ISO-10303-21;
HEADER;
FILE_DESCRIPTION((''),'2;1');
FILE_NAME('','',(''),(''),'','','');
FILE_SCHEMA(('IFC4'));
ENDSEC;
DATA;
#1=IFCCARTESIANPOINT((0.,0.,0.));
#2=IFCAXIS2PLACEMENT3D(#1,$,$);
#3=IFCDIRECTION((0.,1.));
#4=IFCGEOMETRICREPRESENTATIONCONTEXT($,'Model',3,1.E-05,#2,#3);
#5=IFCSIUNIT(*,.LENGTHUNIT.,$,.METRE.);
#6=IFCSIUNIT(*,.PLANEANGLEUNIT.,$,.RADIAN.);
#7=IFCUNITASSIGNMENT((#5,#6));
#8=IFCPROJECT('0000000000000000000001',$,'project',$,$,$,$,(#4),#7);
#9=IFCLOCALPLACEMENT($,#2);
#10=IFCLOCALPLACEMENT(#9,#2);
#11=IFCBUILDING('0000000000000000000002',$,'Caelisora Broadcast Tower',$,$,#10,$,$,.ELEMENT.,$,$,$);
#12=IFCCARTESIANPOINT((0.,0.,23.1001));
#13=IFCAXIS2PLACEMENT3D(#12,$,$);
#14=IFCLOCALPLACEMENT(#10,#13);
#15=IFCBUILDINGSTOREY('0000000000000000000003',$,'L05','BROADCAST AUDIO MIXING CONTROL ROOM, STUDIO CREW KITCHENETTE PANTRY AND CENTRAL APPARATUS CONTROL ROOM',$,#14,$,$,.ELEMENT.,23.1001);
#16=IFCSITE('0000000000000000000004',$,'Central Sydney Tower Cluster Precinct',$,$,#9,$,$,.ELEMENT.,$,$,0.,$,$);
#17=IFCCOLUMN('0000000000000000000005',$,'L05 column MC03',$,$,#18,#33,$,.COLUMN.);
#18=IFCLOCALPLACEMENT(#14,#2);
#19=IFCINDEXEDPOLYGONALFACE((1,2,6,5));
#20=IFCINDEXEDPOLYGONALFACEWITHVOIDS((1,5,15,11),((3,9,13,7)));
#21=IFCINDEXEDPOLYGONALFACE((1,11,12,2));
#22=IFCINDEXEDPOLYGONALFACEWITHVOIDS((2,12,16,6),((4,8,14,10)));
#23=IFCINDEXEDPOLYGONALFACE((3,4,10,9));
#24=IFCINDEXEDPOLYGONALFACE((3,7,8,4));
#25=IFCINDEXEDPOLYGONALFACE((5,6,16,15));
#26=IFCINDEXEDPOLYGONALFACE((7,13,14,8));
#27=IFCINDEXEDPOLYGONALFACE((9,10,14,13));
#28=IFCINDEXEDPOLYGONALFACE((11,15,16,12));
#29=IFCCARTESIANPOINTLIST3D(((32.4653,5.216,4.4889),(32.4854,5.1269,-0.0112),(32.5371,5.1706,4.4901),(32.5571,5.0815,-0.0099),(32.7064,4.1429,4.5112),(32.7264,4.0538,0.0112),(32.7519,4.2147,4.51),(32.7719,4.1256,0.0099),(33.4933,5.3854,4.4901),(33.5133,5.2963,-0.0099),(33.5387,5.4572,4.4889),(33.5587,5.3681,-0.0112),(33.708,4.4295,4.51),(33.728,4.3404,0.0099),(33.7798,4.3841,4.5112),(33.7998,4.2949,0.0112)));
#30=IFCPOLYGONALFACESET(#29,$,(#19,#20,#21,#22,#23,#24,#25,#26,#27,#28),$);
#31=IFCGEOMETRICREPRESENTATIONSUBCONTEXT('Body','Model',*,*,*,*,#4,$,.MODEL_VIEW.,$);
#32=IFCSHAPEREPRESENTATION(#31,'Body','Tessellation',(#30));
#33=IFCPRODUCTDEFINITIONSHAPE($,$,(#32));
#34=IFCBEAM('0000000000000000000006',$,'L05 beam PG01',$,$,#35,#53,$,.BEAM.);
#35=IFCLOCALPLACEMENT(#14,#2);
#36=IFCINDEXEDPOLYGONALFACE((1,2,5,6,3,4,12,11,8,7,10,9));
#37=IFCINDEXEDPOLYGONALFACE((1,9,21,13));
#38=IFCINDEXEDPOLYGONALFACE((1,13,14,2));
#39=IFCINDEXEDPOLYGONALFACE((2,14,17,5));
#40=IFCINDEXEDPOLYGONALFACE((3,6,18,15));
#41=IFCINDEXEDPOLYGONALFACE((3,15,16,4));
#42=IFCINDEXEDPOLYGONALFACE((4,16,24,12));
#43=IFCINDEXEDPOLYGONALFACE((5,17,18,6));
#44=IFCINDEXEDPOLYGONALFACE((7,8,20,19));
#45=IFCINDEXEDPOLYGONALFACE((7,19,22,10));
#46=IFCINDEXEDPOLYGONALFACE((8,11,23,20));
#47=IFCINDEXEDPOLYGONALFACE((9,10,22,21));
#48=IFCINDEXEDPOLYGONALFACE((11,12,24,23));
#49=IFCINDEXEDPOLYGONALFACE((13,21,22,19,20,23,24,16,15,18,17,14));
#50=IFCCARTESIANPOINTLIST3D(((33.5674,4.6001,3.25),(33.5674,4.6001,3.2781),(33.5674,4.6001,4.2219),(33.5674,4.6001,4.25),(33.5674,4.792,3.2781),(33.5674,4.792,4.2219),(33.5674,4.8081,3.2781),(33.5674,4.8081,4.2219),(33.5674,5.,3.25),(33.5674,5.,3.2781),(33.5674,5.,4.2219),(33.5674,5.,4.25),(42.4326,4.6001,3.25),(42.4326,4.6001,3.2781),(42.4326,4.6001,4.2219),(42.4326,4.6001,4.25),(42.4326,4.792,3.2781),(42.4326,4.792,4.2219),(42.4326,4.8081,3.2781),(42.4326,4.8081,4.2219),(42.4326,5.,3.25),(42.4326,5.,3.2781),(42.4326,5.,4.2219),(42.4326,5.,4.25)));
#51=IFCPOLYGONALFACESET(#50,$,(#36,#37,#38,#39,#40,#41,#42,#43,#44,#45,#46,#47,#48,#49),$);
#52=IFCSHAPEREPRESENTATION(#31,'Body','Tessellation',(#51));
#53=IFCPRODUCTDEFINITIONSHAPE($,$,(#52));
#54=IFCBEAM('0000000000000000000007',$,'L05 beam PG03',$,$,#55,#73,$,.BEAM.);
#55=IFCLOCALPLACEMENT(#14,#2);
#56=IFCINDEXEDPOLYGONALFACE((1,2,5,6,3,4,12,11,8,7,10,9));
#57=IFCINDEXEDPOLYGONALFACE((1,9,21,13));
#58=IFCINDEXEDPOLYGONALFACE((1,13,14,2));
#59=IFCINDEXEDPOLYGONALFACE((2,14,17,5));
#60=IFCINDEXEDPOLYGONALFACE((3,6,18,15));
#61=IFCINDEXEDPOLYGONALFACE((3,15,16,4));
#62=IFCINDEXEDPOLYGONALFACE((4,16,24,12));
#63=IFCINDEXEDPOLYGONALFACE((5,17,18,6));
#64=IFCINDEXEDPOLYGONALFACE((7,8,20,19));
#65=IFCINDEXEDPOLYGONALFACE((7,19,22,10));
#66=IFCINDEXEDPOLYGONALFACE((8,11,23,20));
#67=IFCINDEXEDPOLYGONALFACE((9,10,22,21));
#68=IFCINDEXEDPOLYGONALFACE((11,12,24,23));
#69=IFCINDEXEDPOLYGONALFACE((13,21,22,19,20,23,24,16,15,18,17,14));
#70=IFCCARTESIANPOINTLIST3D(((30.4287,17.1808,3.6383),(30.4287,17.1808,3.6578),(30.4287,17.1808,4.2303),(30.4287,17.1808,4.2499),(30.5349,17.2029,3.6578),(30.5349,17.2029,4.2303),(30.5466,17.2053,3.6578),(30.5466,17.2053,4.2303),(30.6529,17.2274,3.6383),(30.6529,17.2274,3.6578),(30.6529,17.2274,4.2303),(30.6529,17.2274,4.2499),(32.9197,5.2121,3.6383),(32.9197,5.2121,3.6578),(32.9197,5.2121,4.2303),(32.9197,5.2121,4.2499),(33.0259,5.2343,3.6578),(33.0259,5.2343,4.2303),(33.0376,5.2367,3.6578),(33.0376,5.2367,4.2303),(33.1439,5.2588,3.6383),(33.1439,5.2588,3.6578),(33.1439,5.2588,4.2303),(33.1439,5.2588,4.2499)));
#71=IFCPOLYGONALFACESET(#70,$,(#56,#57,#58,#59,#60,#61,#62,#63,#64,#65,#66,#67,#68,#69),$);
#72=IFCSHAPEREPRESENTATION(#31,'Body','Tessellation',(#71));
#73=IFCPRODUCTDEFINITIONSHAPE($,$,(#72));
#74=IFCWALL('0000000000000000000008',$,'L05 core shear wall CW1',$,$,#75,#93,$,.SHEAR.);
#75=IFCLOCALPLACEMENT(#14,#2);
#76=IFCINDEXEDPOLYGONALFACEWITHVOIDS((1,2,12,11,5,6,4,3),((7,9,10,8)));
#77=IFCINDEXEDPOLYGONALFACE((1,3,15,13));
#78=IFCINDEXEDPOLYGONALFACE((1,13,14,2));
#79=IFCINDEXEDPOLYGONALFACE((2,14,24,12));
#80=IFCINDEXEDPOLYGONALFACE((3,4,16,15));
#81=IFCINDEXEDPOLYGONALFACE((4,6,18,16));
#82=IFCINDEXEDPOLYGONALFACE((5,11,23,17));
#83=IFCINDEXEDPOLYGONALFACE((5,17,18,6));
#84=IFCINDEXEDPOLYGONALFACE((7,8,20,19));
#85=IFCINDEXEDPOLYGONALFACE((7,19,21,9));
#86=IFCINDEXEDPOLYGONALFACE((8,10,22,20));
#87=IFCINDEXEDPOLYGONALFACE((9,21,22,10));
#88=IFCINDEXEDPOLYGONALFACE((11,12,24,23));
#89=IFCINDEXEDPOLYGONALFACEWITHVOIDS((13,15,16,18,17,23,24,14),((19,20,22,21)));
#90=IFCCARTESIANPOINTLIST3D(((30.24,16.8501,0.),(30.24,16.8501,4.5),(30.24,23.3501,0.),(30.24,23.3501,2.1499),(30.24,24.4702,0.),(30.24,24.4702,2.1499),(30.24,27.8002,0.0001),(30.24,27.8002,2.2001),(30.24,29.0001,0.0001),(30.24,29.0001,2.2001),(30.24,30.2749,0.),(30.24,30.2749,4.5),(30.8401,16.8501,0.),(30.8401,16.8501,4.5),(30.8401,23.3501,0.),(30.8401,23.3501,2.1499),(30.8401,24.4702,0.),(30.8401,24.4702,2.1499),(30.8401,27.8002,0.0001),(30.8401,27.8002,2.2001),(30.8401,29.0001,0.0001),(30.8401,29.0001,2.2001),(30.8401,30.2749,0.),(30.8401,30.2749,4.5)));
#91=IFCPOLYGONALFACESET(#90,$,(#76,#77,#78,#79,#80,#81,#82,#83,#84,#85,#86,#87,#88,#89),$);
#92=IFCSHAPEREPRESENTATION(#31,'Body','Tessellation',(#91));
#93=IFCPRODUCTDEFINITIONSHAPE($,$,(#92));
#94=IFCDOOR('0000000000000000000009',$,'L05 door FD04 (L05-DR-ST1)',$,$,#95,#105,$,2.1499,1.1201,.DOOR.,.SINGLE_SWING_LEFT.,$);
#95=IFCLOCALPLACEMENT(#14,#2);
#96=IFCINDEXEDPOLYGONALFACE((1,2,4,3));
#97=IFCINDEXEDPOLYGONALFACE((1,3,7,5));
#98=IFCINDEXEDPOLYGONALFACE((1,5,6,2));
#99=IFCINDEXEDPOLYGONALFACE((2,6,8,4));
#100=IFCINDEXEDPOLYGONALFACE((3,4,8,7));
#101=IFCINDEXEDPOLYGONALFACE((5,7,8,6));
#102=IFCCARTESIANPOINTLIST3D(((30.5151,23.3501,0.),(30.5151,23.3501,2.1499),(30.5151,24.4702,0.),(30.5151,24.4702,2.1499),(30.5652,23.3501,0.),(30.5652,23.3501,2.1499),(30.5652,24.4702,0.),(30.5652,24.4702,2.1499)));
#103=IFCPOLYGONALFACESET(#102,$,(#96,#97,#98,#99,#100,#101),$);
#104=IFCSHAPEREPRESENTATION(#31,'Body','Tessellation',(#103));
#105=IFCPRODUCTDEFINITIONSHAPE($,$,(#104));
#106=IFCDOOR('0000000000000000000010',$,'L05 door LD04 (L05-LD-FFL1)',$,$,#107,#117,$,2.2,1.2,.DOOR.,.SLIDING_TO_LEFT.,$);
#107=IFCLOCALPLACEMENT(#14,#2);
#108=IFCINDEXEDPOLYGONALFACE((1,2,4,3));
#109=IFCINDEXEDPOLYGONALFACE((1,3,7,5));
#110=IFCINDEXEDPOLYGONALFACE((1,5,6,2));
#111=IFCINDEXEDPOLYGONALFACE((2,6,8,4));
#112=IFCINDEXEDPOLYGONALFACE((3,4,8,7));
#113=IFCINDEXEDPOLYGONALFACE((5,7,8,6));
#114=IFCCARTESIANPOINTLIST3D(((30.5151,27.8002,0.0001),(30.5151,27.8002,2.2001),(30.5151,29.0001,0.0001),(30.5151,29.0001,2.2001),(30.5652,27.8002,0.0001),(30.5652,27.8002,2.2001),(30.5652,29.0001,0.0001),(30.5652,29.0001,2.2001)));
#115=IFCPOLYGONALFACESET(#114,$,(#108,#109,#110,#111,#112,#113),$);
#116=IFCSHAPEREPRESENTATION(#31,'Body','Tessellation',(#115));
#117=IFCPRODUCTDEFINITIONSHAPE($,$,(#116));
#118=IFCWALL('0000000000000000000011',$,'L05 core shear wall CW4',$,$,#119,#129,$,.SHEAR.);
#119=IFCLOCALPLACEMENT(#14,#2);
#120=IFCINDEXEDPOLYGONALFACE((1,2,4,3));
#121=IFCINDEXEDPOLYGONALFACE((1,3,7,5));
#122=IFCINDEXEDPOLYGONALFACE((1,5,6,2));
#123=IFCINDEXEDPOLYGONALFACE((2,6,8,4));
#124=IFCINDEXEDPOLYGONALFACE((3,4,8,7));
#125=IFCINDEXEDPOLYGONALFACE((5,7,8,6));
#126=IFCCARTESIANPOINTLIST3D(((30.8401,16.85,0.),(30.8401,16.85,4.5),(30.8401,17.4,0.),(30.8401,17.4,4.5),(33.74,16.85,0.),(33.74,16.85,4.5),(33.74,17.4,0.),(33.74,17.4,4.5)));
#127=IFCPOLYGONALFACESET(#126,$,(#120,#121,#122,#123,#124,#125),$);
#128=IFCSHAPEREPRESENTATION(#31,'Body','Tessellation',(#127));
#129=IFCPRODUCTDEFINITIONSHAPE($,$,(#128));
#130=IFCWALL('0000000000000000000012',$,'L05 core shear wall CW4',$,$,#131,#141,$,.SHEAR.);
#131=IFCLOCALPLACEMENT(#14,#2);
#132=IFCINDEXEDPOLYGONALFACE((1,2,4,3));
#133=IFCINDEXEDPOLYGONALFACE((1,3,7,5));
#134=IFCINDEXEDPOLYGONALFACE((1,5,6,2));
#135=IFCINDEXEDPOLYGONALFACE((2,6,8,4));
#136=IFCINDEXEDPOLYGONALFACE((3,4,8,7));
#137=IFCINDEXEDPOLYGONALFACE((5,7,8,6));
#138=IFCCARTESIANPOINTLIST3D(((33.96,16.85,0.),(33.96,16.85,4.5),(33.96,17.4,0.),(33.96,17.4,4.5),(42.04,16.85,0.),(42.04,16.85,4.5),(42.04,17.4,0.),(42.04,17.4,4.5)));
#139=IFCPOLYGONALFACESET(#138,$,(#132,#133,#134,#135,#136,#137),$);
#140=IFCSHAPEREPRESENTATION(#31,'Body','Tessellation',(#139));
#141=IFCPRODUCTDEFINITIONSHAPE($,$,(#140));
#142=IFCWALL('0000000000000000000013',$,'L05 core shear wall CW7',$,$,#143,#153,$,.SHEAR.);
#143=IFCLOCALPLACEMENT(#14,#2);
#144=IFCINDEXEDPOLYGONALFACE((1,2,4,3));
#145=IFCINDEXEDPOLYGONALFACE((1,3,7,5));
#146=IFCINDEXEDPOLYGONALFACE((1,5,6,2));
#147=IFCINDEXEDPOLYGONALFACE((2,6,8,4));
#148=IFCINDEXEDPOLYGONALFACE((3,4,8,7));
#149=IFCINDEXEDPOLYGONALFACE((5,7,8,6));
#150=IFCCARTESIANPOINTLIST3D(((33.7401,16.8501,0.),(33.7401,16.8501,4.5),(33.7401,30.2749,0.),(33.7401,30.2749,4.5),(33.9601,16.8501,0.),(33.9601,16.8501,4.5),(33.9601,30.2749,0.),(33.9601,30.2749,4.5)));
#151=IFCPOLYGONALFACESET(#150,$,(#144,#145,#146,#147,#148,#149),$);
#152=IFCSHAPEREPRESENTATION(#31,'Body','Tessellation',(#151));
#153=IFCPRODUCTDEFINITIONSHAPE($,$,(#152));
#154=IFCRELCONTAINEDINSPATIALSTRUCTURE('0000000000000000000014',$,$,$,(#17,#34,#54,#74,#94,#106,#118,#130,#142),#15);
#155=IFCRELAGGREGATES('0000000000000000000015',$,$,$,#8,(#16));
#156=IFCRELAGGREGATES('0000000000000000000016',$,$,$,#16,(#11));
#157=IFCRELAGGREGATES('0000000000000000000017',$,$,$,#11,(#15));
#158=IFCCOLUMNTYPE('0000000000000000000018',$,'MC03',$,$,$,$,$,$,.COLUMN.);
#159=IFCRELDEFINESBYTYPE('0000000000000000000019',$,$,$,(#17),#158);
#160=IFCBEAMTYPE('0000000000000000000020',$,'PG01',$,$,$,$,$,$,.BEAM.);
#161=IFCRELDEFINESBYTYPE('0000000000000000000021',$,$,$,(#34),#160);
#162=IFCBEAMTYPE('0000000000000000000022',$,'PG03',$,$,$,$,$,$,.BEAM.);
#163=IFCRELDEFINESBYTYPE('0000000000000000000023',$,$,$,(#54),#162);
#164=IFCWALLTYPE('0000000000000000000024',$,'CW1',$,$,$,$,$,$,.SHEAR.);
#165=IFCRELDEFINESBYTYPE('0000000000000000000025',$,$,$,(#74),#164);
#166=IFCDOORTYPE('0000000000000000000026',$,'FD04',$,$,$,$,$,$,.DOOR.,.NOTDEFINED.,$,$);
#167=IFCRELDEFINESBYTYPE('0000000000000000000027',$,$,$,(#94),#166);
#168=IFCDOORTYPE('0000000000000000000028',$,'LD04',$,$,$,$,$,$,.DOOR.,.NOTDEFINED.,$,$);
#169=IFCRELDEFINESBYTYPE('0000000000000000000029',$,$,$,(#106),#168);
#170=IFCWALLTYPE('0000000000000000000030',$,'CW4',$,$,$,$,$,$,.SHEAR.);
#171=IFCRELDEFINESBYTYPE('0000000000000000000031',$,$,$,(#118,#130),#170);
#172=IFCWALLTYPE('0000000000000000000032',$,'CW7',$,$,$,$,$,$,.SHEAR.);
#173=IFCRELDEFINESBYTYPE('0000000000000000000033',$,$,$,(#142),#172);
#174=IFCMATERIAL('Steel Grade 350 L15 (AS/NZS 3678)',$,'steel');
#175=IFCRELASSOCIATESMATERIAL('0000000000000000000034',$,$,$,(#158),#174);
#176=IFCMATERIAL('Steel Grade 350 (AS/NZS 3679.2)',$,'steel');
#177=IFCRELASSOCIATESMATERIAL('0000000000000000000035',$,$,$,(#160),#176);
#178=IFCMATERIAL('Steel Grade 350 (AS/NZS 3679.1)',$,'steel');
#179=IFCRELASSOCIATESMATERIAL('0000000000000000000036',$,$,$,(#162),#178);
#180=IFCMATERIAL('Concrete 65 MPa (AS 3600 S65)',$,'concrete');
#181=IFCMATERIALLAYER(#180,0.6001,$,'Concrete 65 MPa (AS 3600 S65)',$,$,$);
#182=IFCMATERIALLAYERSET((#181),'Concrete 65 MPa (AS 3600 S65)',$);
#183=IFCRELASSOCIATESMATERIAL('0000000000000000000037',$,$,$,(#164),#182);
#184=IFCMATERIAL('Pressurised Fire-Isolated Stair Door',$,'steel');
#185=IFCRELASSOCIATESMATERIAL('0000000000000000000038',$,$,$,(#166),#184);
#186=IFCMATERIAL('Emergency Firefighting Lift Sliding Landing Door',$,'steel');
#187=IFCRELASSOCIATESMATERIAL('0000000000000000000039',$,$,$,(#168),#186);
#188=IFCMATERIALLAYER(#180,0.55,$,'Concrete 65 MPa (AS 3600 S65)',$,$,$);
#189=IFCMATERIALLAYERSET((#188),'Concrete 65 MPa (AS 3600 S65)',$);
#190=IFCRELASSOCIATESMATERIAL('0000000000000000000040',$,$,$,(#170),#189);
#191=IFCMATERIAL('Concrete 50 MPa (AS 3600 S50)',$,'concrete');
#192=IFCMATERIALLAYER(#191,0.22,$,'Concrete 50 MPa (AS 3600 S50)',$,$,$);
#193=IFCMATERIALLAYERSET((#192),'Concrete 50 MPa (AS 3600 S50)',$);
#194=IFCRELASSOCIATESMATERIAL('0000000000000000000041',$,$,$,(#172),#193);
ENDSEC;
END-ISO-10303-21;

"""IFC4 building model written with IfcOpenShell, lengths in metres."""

from ifc_helpers import new_model, si_unit, direction, frame, frame_2d, origin, origin_2d, place, context, subcontext, project, spatial, rectangle, hollow_rectangle, i_section, extrude, source, transform, mapped, material, layer, layer_set, material_profile, profile_set, type_object, type_shapes, element, fill, save


model = new_model("IFC4")

# Units and contexts
model_context = context("Model", 3, precision=1e-05, world=origin(), true_north=direction((0.0, 1.0)))
body_context = subcontext(model_context, "Body", "Model", "MODEL_VIEW")
ifc_project = project(units=[si_unit("LENGTHUNIT", "METRE"), si_unit("PLANEANGLEUNIT", "RADIAN")], contexts=[model_context])

# Site, building, storey
site_placement = place(None, origin())
site = spatial("IfcSite", under=ifc_project, at=site_placement, Name="Central Sydney Tower Cluster Precinct", CompositionType="ELEMENT", RefElevation=0.0)
building_placement = place(site_placement, origin())
building = spatial("IfcBuilding", under=site, at=building_placement, Name="Caelisora Broadcast Tower", CompositionType="ELEMENT")
storey_placement = place(building_placement, frame((0.0, 0.0, 23.1001)))
storey = spatial("IfcBuildingStorey", under=building, at=storey_placement, Name="L05", Description="BROADCAST AUDIO MIXING CONTROL ROOM, STUDIO CREW KITCHENETTE PANTRY AND CENTRAL APPARATUS CONTROL ROOM", CompositionType="ELEMENT", Elevation=23.1001)

# Column
ifc_material_1 = material(Name="Steel Grade 350 L15 (AS/NZS 3678)", Category="steel")
ifc_material_profile_1 = material_profile(ifc_material_1, hollow_rectangle(XDim=1.1001, YDim=1.1001, WallThickness=0.0601, at=origin_2d()), Name="Steel Grade 350 L15 (AS/NZS 3678)")
ifc_profile_set_1 = profile_set([ifc_material_profile_1], Name="Steel Grade 350 L15 (AS/NZS 3678)")
column_type = type_object("IfcColumnType", Name="MC03", PredefinedType="COLUMN", material=ifc_profile_set_1)
shared_shape_1 = source(origin(), body_context, "Body", "SweptSolid", [
    extrude(hollow_rectangle(XDim=1.1001, YDim=1.1001, WallThickness=0.0601, at=origin_2d()), origin(), (0.0, 0.0, 1.0), 4.501),
])
type_shapes(column_type, [shared_shape_1])
column_placement = place(storey_placement, frame((33.1426, 4.7109, 0.0), z_axis=(-0.004448, 0.019798, 0.999794), x_axis=(-0.975681, -0.219194, 0.0)))
element("IfcColumn", 1, at=column_placement, inside=storey, type_object=column_type, Name="L05 column MC03", PredefinedType="COLUMN", context=body_context, shape_type="MappedRepresentation", body=[
    mapped(shared_shape_1, transform((0.0, 0.0, 0.0), scale=1.0)),
])

# Beams
ifc_material_2 = material(Name="Steel Grade 350 (AS/NZS 3679.2)", Category="steel")
ifc_material_profile_2 = material_profile(ifc_material_2, i_section(OverallWidth=0.3999, OverallDepth=1.0, WebThickness=0.0161, FlangeThickness=0.0281, at=origin_2d()), Name="Steel Grade 350 (AS/NZS 3679.2)")
ifc_profile_set_2 = profile_set([ifc_material_profile_2], Name="Steel Grade 350 (AS/NZS 3679.2)")
beam_type_1 = type_object("IfcBeamType", Name="PG01", PredefinedType="BEAM", material=ifc_profile_set_2)
shared_shape_2 = source(origin(), body_context, "Body", "SweptSolid", [
    extrude(i_section(OverallWidth=0.3999, OverallDepth=1.0, WebThickness=0.0161, FlangeThickness=0.0281, at=origin_2d()), origin(), (0.0, 0.0, 1.0), 8.8652),
])
type_shapes(beam_type_1, [shared_shape_2])
beam_1_placement = place(storey_placement, frame((33.5674, 4.8, 3.75), z_axis=(1.0, 0.0, 0.0), x_axis=(0.0, 1.0, 0.0)))
element("IfcBeam", 2, at=beam_1_placement, inside=storey, type_object=beam_type_1, Name="L05 beam PG01", PredefinedType="BEAM", context=body_context, shape_type="MappedRepresentation", body=[
    mapped(shared_shape_2, transform((0.0, 0.0, 0.0), scale=1.0)),
])
ifc_material_3 = material(Name="Steel Grade 350 (AS/NZS 3679.1)", Category="steel")
ifc_material_profile_3 = material_profile(ifc_material_3, i_section(OverallWidth=0.229, OverallDepth=0.6116, WebThickness=0.012, FlangeThickness=0.0195, at=origin_2d()), Name="Steel Grade 350 (AS/NZS 3679.1)")
ifc_profile_set_3 = profile_set([ifc_material_profile_3], Name="Steel Grade 350 (AS/NZS 3679.1)")
beam_type_2 = type_object("IfcBeamType", Name="PG03", PredefinedType="BEAM", material=ifc_profile_set_3)
shared_shape_3 = source(origin(), body_context, "Body", "SweptSolid", [
    extrude(i_section(OverallWidth=0.229, OverallDepth=0.6116, WebThickness=0.012, FlangeThickness=0.0195, at=origin_2d()), origin(), (0.0, 0.0, 1.0), 12.2251),
])
type_shapes(beam_type_2, [shared_shape_3])
beam_2_placement = place(storey_placement, frame((30.5408, 17.2041, 3.9441), z_axis=(0.20376, -0.979021, 0.0), x_axis=(0.979021, 0.20376, 0.0)))
element("IfcBeam", 3, at=beam_2_placement, inside=storey, type_object=beam_type_2, Name="L05 beam PG03", PredefinedType="BEAM", context=body_context, shape_type="MappedRepresentation", body=[
    mapped(shared_shape_3, transform((0.0, 0.0, 0.0), scale=1.0)),
])

# Wall, openings, doors
ifc_material_4 = material(Name="Concrete 65 MPa (AS 3600 S65)", Category="concrete")
ifc_layer_1 = layer(ifc_material_4, 0.6001, Name="Concrete 65 MPa (AS 3600 S65)")
ifc_layer_set_1 = layer_set([ifc_layer_1], Name="Concrete 65 MPa (AS 3600 S65)")
wall_type_1 = type_object("IfcWallType", Name="CW1", PredefinedType="SHEAR", material=ifc_layer_set_1)
wall_1_placement = place(storey_placement, frame((30.54, 16.8501, 0.0), z_axis=(0.0, 0.0, 1.0), x_axis=(0.0, 1.0, 0.0)))
wall_1 = element("IfcWall", 4, at=wall_1_placement, inside=storey, type_object=wall_type_1, Name="L05 core shear wall CW1", PredefinedType="SHEAR", context=body_context, shape_type="SweptSolid", body=[
    extrude(rectangle(XDim=13.4248, YDim=0.6001, at=frame_2d((6.7124, 0.0))), origin(), (0.0, 0.0, 1.0), 4.5),
])
opening_1_placement = place(wall_1_placement, frame((6.5, 0.0, 0.0)))
opening_1 = element("IfcOpeningElement", 5, at=opening_1_placement, cuts=wall_1, PredefinedType="OPENING", context=body_context, shape_type="SweptSolid", body=[
    extrude(rectangle(XDim=1.1201, YDim=2.1499, at=frame_2d((0.5601, 1.075))), frame((0.0, 0.312, 0.0), z_axis=(0.0, -1.0, 0.0), x_axis=(1.0, 0.0, 0.0)), (0.0, 0.0, 1.0), 0.624),
])
opening_2_placement = place(wall_1_placement, frame((10.95, 0.0, 0.0)))
opening_2 = element("IfcOpeningElement", 6, at=opening_2_placement, cuts=wall_1, PredefinedType="OPENING", context=body_context, shape_type="SweptSolid", body=[
    extrude(rectangle(XDim=1.2, YDim=2.2, at=frame_2d((0.6001, 1.1001))), frame((0.0, 0.312, 0.0), z_axis=(0.0, -1.0, 0.0), x_axis=(1.0, 0.0, 0.0)), (0.0, 0.0, 1.0), 0.624),
])
ifc_material_5 = material(Name="Pressurised Fire-Isolated Stair Door", Category="steel")
door_type_1 = type_object("IfcDoorType", Name="FD04", OperationType="NOTDEFINED", PredefinedType="DOOR", material=ifc_material_5)
door_1_placement = place(opening_1_placement, origin())
door_1 = element("IfcDoor", 7, at=door_1_placement, inside=storey, type_object=door_type_1, Name="L05 door FD04 (L05-DR-ST1)", OperationType="SINGLE_SWING_LEFT", OverallHeight=2.1499, OverallWidth=1.1201, PredefinedType="DOOR", context=body_context, shape_type="SweptSolid", body=[
    extrude(rectangle(XDim=1.1201, YDim=2.1499, at=frame_2d((0.5601, 1.075))), frame((0.0, 0.0249, 0.0), z_axis=(0.0, -1.0, 0.0), x_axis=(1.0, 0.0, 0.0)), (0.0, 0.0, 1.0), 0.05),
])
fill(opening_1, door_1)
ifc_material_6 = material(Name="Emergency Firefighting Lift Sliding Landing Door", Category="steel")
door_type_2 = type_object("IfcDoorType", Name="LD04", OperationType="NOTDEFINED", PredefinedType="DOOR", material=ifc_material_6)
door_2_placement = place(opening_2_placement, origin())
door_2 = element("IfcDoor", 8, at=door_2_placement, inside=storey, type_object=door_type_2, Name="L05 door LD04 (L05-LD-FFL1)", OperationType="SLIDING_TO_LEFT", OverallHeight=2.2, OverallWidth=1.2, PredefinedType="DOOR", context=body_context, shape_type="SweptSolid", body=[
    extrude(rectangle(XDim=1.2, YDim=2.2, at=frame_2d((0.6001, 1.1001))), frame((0.0, 0.0249, 0.0), z_axis=(0.0, -1.0, 0.0), x_axis=(1.0, 0.0, 0.0)), (0.0, 0.0, 1.0), 0.05),
])
fill(opening_2, door_2)

# Walls
ifc_layer_2 = layer(ifc_material_4, 0.55, Name="Concrete 65 MPa (AS 3600 S65)")
ifc_layer_set_2 = layer_set([ifc_layer_2], Name="Concrete 65 MPa (AS 3600 S65)")
wall_type_2 = type_object("IfcWallType", Name="CW4", PredefinedType="SHEAR", material=ifc_layer_set_2)
wall_2_placement = place(storey_placement, frame((30.8401, 17.125, 0.0), z_axis=(0.0, 0.0, 1.0), x_axis=(1.0, 0.0, 0.0)))
element("IfcWall", 9, at=wall_2_placement, inside=storey, type_object=wall_type_2, Name="L05 core shear wall CW4", PredefinedType="SHEAR", context=body_context, shape_type="SweptSolid", body=[
    extrude(rectangle(XDim=2.8999, YDim=0.55, at=frame_2d((1.45, 0.0))), origin(), (0.0, 0.0, 1.0), 4.5),
])
wall_3_placement = place(storey_placement, frame((33.96, 17.125, 0.0), z_axis=(0.0, 0.0, 1.0), x_axis=(1.0, 0.0, 0.0)))
element("IfcWall", 10, at=wall_3_placement, inside=storey, type_object=wall_type_2, Name="L05 core shear wall CW4", PredefinedType="SHEAR", context=body_context, shape_type="SweptSolid", body=[
    extrude(rectangle(XDim=8.0801, YDim=0.55, at=frame_2d((4.04, 0.0))), origin(), (0.0, 0.0, 1.0), 4.5),
])
ifc_material_7 = material(Name="Concrete 50 MPa (AS 3600 S50)", Category="concrete")
ifc_layer_3 = layer(ifc_material_7, 0.22, Name="Concrete 50 MPa (AS 3600 S50)")
ifc_layer_set_3 = layer_set([ifc_layer_3], Name="Concrete 50 MPa (AS 3600 S50)")
wall_type_3 = type_object("IfcWallType", Name="CW7", PredefinedType="SHEAR", material=ifc_layer_set_3)
wall_4_placement = place(storey_placement, frame((33.8501, 16.8501, 0.0), z_axis=(0.0, 0.0, 1.0), x_axis=(0.0, 1.0, 0.0)))
element("IfcWall", 11, at=wall_4_placement, inside=storey, type_object=wall_type_3, Name="L05 core shear wall CW7", PredefinedType="SHEAR", context=body_context, shape_type="SweptSolid", body=[
    extrude(rectangle(XDim=13.4248, YDim=0.22, at=frame_2d((6.7124, 0.0))), origin(), (0.0, 0.0, 1.0), 4.5),
])

save(model, "model.ifc")
